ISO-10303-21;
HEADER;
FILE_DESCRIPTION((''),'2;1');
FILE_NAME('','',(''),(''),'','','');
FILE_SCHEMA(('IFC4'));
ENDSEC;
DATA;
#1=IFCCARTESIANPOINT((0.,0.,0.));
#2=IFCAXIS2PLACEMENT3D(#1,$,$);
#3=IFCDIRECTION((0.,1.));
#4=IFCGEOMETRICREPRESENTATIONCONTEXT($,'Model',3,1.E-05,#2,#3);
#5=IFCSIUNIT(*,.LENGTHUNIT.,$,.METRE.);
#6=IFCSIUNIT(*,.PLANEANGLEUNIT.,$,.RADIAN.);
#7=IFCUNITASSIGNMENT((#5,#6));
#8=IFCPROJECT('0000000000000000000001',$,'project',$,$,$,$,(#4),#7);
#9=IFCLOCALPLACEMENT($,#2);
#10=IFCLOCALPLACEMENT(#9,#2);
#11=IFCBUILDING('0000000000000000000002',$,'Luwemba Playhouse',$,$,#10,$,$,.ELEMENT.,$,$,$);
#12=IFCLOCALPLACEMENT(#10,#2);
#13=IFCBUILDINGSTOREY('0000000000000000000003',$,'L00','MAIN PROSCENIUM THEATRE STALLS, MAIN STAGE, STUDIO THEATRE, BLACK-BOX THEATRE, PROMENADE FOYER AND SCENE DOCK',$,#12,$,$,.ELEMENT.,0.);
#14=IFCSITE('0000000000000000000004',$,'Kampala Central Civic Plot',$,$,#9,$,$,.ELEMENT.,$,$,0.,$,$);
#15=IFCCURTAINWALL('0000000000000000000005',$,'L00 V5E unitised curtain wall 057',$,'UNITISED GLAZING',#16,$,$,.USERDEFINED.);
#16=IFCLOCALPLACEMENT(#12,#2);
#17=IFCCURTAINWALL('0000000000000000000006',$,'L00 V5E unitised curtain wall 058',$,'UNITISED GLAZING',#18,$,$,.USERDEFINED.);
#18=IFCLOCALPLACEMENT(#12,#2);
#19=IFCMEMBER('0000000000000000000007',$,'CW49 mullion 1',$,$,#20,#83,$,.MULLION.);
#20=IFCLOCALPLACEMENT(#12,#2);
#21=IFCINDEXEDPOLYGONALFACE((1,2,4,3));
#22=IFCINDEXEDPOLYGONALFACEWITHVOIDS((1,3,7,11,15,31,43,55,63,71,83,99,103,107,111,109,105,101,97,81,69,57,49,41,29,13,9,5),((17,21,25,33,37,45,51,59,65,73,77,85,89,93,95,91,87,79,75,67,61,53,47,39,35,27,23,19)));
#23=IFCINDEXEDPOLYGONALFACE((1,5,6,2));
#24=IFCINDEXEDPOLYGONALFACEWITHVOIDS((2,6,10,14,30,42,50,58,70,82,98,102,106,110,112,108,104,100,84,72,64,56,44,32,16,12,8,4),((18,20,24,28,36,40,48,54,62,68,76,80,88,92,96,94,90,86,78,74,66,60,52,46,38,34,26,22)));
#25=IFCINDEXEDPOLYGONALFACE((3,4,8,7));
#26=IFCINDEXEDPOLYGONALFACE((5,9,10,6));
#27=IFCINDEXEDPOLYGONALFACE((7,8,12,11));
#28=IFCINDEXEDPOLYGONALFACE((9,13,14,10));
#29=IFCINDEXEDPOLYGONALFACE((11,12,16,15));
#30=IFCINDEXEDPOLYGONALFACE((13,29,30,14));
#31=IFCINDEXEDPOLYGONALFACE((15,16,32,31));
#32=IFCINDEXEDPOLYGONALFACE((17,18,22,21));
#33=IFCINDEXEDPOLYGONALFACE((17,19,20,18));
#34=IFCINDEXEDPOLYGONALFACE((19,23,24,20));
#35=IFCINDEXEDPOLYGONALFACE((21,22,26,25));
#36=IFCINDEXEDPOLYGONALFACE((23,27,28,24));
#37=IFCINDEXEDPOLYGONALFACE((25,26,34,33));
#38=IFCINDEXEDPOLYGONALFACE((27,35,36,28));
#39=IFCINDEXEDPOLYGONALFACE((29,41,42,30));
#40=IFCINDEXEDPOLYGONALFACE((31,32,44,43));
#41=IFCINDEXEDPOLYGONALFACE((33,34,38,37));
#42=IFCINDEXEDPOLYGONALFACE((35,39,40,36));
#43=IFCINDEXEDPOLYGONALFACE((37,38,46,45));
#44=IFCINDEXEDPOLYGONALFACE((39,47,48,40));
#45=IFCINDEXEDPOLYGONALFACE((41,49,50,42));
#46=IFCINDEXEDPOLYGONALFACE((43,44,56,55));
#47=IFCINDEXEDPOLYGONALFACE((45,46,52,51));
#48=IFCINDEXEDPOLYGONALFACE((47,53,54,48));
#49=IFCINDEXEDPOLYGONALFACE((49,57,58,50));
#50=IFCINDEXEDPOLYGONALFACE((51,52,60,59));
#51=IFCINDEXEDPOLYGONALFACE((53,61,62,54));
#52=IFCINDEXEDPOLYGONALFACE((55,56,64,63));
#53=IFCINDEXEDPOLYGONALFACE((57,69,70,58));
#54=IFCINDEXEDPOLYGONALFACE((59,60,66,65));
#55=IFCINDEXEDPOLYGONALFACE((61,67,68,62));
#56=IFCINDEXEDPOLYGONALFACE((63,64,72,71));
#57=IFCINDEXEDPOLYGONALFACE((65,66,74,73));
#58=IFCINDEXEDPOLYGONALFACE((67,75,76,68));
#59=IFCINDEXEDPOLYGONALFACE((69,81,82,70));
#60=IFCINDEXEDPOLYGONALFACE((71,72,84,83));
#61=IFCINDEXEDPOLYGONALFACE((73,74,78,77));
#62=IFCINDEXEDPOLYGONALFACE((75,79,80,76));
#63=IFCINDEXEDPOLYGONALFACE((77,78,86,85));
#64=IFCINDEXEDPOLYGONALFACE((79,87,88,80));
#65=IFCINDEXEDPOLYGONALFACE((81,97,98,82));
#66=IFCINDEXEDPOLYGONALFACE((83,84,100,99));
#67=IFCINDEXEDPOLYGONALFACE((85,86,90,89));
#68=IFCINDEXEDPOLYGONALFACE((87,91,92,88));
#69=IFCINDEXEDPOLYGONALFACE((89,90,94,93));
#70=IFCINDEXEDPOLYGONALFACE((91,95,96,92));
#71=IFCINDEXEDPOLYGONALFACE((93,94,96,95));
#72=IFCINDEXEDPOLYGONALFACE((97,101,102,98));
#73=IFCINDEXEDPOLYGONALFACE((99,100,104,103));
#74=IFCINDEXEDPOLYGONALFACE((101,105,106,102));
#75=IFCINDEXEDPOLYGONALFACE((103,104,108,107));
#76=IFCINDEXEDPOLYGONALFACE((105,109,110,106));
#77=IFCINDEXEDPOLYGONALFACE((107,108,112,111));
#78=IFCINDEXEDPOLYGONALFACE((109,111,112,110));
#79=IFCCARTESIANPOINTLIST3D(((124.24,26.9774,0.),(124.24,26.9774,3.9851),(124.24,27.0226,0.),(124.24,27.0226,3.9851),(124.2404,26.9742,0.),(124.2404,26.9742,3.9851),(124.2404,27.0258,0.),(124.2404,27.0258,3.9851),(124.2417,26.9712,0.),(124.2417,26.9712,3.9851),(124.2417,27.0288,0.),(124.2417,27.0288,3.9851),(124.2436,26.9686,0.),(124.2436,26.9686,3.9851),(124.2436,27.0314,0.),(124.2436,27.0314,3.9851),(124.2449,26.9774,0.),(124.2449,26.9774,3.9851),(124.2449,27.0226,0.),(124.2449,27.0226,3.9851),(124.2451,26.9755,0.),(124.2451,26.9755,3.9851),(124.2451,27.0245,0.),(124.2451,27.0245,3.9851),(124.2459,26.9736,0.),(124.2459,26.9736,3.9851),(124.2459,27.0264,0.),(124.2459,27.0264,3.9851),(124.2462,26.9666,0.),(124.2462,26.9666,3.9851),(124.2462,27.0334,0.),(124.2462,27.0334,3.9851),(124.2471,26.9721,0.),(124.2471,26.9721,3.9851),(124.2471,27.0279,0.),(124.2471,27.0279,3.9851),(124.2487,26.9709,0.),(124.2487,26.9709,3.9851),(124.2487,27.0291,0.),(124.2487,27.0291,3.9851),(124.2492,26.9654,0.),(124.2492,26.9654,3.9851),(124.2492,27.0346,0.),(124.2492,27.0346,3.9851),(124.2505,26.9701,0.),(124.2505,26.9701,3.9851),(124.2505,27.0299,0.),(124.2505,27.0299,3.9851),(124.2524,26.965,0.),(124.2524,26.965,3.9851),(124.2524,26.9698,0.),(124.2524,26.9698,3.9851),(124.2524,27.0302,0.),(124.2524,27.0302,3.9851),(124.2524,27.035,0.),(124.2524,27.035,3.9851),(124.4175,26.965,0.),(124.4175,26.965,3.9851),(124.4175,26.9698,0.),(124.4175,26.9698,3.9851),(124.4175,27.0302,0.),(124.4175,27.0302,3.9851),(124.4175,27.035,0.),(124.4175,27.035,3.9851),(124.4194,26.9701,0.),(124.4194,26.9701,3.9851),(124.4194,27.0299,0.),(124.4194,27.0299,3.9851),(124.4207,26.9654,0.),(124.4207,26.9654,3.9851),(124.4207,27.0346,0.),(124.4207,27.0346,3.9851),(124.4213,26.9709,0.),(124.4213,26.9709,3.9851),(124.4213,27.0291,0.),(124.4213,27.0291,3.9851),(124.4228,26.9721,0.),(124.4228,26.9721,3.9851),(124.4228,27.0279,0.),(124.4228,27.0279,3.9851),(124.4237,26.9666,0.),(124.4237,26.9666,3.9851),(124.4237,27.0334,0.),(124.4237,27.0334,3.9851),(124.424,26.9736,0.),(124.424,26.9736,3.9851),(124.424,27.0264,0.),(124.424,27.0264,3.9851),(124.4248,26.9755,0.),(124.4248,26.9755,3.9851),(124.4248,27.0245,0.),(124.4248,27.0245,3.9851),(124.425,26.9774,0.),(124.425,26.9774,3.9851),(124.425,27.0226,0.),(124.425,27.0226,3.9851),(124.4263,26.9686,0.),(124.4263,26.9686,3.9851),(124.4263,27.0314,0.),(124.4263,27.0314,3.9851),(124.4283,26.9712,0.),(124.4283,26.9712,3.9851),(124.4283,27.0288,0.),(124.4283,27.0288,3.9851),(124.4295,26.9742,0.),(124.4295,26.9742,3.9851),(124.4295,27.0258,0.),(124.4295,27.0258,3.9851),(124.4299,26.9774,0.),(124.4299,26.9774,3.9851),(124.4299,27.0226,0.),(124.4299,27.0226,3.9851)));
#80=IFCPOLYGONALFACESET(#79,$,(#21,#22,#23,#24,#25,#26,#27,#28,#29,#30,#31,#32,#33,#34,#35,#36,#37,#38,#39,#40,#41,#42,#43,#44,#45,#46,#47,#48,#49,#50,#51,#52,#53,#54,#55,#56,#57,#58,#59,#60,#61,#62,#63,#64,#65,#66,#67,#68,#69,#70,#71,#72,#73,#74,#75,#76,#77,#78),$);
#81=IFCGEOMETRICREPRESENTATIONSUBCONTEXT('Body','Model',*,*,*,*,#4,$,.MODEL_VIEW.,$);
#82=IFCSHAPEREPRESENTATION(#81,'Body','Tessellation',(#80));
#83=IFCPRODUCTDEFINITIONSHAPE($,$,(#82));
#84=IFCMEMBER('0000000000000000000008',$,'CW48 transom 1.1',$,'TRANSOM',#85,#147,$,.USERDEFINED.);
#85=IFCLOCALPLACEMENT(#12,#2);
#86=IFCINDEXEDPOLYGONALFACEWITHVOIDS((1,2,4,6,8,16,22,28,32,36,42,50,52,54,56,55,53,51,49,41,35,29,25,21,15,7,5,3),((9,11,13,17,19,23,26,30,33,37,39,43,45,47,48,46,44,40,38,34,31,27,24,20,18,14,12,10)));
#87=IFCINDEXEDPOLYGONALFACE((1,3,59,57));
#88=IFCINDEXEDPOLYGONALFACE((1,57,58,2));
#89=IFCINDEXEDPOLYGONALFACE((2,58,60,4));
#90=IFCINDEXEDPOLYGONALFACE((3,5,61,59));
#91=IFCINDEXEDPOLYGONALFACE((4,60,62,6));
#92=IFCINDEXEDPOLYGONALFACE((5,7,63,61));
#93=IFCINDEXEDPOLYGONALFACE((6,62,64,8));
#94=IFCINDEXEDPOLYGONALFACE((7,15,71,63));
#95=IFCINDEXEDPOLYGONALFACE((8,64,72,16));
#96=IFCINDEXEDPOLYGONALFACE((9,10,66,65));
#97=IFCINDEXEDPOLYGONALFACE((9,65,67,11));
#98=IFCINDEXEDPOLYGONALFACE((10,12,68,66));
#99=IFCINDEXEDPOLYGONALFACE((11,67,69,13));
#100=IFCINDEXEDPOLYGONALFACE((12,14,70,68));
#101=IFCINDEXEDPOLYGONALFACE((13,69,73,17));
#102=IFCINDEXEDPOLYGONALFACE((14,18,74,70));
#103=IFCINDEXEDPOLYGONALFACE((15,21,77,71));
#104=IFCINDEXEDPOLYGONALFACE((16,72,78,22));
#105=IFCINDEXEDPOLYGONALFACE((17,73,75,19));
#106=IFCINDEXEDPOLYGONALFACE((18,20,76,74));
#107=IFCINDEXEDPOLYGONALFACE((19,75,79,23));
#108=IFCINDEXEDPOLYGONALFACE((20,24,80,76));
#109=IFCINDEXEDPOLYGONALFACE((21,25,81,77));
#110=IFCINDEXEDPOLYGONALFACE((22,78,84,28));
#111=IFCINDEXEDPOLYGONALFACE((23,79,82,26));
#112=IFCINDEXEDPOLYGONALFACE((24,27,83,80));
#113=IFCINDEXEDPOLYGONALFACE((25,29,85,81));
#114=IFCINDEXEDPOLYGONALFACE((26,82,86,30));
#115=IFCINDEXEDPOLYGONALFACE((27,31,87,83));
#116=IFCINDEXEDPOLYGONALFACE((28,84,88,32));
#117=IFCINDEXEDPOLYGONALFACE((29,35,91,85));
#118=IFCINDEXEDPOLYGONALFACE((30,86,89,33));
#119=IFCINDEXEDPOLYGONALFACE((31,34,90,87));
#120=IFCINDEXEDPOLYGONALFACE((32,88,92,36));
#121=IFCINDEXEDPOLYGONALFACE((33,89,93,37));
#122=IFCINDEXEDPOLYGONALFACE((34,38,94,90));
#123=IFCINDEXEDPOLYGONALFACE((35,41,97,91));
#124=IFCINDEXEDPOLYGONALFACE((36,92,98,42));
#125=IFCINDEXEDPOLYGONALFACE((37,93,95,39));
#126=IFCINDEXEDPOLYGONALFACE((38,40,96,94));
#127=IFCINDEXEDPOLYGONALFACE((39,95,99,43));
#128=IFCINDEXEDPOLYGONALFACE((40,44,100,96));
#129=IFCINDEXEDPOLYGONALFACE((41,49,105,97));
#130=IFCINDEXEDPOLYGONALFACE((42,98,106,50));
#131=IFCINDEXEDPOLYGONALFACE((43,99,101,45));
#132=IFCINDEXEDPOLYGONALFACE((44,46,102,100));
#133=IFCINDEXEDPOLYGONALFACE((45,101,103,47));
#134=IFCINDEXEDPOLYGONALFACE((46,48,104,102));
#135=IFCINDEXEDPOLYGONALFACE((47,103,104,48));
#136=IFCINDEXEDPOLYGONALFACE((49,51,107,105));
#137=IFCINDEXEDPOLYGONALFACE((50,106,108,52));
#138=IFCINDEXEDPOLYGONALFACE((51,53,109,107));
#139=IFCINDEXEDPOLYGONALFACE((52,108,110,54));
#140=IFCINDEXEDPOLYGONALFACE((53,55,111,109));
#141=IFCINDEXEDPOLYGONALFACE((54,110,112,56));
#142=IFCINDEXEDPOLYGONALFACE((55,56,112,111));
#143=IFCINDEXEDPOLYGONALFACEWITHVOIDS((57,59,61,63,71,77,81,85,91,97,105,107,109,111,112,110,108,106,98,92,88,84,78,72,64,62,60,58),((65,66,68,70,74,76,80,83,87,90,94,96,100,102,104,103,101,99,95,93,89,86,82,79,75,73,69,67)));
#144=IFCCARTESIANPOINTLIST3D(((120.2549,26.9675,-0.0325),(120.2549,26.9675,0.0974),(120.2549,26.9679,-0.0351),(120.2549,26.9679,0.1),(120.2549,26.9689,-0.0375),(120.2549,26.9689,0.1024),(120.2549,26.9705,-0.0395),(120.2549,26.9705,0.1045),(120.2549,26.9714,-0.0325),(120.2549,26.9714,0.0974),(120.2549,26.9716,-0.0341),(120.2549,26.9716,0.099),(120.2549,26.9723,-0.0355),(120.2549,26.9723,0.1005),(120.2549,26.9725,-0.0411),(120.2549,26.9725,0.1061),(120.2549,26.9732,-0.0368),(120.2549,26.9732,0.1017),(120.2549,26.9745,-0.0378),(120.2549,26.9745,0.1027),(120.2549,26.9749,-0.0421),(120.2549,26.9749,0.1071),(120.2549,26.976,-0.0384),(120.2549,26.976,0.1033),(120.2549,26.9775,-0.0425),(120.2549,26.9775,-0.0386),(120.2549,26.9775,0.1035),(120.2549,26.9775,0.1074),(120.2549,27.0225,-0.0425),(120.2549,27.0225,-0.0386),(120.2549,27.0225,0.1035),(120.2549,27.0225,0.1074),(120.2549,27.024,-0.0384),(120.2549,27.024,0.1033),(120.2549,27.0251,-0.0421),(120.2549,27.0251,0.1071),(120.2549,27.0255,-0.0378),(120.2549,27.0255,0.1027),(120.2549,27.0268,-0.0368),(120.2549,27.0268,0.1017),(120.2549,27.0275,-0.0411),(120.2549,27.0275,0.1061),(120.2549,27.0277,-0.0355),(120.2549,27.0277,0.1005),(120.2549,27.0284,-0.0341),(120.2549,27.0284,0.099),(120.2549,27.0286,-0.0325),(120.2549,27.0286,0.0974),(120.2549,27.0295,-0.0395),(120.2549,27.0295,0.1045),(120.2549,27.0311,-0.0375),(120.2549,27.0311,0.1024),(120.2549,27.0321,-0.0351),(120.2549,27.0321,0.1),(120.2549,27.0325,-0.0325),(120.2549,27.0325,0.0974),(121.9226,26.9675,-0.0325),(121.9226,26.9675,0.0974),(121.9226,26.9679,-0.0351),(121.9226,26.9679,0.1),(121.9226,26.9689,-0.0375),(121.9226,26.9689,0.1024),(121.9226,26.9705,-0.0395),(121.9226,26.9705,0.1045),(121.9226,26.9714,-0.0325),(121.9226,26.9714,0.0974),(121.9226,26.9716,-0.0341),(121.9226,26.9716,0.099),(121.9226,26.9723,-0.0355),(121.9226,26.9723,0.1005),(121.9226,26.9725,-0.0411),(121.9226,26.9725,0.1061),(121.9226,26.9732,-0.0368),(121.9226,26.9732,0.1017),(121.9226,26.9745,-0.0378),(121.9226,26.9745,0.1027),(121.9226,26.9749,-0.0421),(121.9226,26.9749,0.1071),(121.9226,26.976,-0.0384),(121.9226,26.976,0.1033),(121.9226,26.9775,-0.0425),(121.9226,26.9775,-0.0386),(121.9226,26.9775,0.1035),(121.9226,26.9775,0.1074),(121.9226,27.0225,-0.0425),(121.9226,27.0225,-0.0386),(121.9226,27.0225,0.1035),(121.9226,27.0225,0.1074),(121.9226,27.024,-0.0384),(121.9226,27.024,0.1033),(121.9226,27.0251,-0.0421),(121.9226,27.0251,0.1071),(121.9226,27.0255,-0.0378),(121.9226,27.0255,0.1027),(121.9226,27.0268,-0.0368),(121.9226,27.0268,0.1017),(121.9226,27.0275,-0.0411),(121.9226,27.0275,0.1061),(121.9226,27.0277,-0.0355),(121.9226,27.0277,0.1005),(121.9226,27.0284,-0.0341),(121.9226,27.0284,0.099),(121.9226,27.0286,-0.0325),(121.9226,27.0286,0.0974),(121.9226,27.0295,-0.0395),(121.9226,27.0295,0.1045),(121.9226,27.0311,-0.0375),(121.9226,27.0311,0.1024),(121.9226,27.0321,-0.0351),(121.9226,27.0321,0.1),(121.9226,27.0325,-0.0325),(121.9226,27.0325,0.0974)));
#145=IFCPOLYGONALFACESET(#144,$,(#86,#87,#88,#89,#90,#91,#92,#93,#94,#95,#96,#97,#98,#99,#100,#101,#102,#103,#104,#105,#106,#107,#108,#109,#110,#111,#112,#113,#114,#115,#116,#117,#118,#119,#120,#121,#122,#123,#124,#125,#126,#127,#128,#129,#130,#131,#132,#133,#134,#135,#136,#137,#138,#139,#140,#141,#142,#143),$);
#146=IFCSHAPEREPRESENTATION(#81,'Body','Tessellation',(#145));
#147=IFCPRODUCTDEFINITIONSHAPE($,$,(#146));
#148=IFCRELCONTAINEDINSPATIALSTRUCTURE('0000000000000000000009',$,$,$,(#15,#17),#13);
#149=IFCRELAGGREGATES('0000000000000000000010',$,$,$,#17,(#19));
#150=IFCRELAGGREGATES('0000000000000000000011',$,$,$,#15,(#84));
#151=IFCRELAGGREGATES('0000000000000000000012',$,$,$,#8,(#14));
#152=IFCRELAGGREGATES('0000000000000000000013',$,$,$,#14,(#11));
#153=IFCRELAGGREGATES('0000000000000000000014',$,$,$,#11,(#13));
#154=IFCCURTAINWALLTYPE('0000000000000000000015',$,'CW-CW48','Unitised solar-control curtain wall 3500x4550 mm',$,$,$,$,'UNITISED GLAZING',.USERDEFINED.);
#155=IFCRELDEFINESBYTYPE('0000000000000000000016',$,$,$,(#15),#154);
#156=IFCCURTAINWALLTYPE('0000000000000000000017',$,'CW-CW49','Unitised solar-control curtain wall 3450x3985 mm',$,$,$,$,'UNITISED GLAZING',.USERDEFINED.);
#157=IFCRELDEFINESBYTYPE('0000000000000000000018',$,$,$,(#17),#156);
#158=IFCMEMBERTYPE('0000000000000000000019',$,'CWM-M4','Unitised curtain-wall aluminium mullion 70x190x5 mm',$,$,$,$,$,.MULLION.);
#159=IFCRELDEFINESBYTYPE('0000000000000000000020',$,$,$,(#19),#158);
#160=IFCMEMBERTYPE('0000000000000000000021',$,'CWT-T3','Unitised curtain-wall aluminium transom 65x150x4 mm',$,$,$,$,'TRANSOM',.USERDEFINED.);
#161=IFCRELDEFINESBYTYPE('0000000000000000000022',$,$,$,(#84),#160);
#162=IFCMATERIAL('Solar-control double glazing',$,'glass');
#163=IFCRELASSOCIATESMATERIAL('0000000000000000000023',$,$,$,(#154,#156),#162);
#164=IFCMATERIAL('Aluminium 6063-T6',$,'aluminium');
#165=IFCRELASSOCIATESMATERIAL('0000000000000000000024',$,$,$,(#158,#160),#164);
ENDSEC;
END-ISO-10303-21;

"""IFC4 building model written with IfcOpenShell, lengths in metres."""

from ifc_helpers import new_model, si_unit, direction, frame, origin, origin_2d, place, context, subcontext, project, spatial, hollow_rectangle, extrude, material, material_profile, profile_set, type_object, element, aggregate, save


model = new_model("IFC4")

# Units and contexts
model_context = context("Model", 3, precision=1e-05, world=origin(), true_north=direction((0.0, 1.0)))
body_context = subcontext(model_context, "Body", "Model", "MODEL_VIEW")
ifc_project = project(units=[si_unit("LENGTHUNIT", "METRE"), si_unit("PLANEANGLEUNIT", "RADIAN")], contexts=[model_context])

# Site, building, storey
site_placement = place(None, origin())
site = spatial("IfcSite", under=ifc_project, at=site_placement, Name="Kampala Central Civic Plot", CompositionType="ELEMENT", RefElevation=0.0)
building_placement = place(site_placement, origin())
building = spatial("IfcBuilding", under=site, at=building_placement, Name="Luwemba Playhouse", CompositionType="ELEMENT")
storey_placement = place(building_placement, origin())
storey = spatial("IfcBuildingStorey", under=building, at=storey_placement, Name="L00", Description="MAIN PROSCENIUM THEATRE STALLS, MAIN STAGE, STUDIO THEATRE, BLACK-BOX THEATRE, PROMENADE FOYER AND SCENE DOCK", CompositionType="ELEMENT", Elevation=0.0)

# Shared definitions
ifc_material_1 = material(Name="Solar-control double glazing", Category="glass")
ifc_material_2 = material(Name="Aluminium 6063-T6", Category="aluminium")

# Curtain wall
curtain_wall_type_1 = type_object("IfcCurtainWallType", Name="CW-CW48", Description="Unitised solar-control curtain wall 3500x4550 mm", ElementType="UNITISED GLAZING", PredefinedType="USERDEFINED", material=ifc_material_1)
curtain_wall_1_placement = place(storey_placement, origin())
curtain_wall_1 = element("IfcCurtainWall", 1, at=curtain_wall_1_placement, inside=storey, type_object=curtain_wall_type_1, Name="L00 V5E unitised curtain wall 057", ObjectType="UNITISED GLAZING", PredefinedType="USERDEFINED")

# Curtain wall, member
curtain_wall_type_2 = type_object("IfcCurtainWallType", Name="CW-CW49", Description="Unitised solar-control curtain wall 3450x3985 mm", ElementType="UNITISED GLAZING", PredefinedType="USERDEFINED", material=ifc_material_1)
curtain_wall_2_placement = place(storey_placement, origin())
curtain_wall_2 = element("IfcCurtainWall", 2, at=curtain_wall_2_placement, inside=storey, type_object=curtain_wall_type_2, Name="L00 V5E unitised curtain wall 058", ObjectType="UNITISED GLAZING", PredefinedType="USERDEFINED")
ifc_material_profile_1 = material_profile(ifc_material_2, hollow_rectangle(XDim=0.0701, YDim=0.1899, WallThickness=0.0049, InnerFilletRadius=0.0076, OuterFilletRadius=0.0125, at=origin_2d()))
ifc_profile_set_1 = profile_set([ifc_material_profile_1], Name="Aluminium 6063-T6")
member_type_1 = type_object("IfcMemberType", Name="CWM-M4", Description="Unitised curtain-wall aluminium mullion 70x190x5 mm", PredefinedType="MULLION", material=ifc_profile_set_1)
member_1_placement = place(storey_placement, frame((124.335, 27.0, 0.0), z_axis=(0.0, 0.0, 1.0), x_axis=(0.0, 1.0, 0.0)))
member_1 = element("IfcMember", 3, at=member_1_placement, type_object=member_type_1, Name="CW49 mullion 1", PredefinedType="MULLION", context=body_context, shape_type="SweptSolid", body=[
    extrude(hollow_rectangle(XDim=0.0701, YDim=0.1899, WallThickness=0.0049, InnerFilletRadius=0.0076, OuterFilletRadius=0.0125, at=origin_2d()), origin(), (0.0, 0.0, 1.0), 3.9851),
])

# Member
ifc_material_profile_2 = material_profile(ifc_material_2, hollow_rectangle(XDim=0.0649, YDim=0.1499, WallThickness=0.0039, InnerFilletRadius=0.0061, OuterFilletRadius=0.01, at=origin_2d()))
ifc_profile_set_2 = profile_set([ifc_material_profile_2], Name="Aluminium 6063-T6")
member_type_2 = type_object("IfcMemberType", Name="CWT-T3", Description="Unitised curtain-wall aluminium transom 65x150x4 mm", ElementType="TRANSOM", PredefinedType="USERDEFINED", material=ifc_profile_set_2)
member_2_placement = place(storey_placement, frame((120.2549, 27.0, 0.0325), z_axis=(1.0, 0.0, 0.0), x_axis=(0.0, 1.0, 0.0)))
member_2 = element("IfcMember", 4, at=member_2_placement, type_object=member_type_2, Name="CW48 transom 1.1", ObjectType="TRANSOM", PredefinedType="USERDEFINED", context=body_context, shape_type="SweptSolid", body=[
    extrude(hollow_rectangle(XDim=0.0649, YDim=0.1499, WallThickness=0.0039, InnerFilletRadius=0.0061, OuterFilletRadius=0.01, at=origin_2d()), origin(), (0.0, 0.0, 1.0), 1.6677),
])
aggregate(curtain_wall_2, [member_1])

aggregate(curtain_wall_1, [member_2])

save(model, "model.ifc")
